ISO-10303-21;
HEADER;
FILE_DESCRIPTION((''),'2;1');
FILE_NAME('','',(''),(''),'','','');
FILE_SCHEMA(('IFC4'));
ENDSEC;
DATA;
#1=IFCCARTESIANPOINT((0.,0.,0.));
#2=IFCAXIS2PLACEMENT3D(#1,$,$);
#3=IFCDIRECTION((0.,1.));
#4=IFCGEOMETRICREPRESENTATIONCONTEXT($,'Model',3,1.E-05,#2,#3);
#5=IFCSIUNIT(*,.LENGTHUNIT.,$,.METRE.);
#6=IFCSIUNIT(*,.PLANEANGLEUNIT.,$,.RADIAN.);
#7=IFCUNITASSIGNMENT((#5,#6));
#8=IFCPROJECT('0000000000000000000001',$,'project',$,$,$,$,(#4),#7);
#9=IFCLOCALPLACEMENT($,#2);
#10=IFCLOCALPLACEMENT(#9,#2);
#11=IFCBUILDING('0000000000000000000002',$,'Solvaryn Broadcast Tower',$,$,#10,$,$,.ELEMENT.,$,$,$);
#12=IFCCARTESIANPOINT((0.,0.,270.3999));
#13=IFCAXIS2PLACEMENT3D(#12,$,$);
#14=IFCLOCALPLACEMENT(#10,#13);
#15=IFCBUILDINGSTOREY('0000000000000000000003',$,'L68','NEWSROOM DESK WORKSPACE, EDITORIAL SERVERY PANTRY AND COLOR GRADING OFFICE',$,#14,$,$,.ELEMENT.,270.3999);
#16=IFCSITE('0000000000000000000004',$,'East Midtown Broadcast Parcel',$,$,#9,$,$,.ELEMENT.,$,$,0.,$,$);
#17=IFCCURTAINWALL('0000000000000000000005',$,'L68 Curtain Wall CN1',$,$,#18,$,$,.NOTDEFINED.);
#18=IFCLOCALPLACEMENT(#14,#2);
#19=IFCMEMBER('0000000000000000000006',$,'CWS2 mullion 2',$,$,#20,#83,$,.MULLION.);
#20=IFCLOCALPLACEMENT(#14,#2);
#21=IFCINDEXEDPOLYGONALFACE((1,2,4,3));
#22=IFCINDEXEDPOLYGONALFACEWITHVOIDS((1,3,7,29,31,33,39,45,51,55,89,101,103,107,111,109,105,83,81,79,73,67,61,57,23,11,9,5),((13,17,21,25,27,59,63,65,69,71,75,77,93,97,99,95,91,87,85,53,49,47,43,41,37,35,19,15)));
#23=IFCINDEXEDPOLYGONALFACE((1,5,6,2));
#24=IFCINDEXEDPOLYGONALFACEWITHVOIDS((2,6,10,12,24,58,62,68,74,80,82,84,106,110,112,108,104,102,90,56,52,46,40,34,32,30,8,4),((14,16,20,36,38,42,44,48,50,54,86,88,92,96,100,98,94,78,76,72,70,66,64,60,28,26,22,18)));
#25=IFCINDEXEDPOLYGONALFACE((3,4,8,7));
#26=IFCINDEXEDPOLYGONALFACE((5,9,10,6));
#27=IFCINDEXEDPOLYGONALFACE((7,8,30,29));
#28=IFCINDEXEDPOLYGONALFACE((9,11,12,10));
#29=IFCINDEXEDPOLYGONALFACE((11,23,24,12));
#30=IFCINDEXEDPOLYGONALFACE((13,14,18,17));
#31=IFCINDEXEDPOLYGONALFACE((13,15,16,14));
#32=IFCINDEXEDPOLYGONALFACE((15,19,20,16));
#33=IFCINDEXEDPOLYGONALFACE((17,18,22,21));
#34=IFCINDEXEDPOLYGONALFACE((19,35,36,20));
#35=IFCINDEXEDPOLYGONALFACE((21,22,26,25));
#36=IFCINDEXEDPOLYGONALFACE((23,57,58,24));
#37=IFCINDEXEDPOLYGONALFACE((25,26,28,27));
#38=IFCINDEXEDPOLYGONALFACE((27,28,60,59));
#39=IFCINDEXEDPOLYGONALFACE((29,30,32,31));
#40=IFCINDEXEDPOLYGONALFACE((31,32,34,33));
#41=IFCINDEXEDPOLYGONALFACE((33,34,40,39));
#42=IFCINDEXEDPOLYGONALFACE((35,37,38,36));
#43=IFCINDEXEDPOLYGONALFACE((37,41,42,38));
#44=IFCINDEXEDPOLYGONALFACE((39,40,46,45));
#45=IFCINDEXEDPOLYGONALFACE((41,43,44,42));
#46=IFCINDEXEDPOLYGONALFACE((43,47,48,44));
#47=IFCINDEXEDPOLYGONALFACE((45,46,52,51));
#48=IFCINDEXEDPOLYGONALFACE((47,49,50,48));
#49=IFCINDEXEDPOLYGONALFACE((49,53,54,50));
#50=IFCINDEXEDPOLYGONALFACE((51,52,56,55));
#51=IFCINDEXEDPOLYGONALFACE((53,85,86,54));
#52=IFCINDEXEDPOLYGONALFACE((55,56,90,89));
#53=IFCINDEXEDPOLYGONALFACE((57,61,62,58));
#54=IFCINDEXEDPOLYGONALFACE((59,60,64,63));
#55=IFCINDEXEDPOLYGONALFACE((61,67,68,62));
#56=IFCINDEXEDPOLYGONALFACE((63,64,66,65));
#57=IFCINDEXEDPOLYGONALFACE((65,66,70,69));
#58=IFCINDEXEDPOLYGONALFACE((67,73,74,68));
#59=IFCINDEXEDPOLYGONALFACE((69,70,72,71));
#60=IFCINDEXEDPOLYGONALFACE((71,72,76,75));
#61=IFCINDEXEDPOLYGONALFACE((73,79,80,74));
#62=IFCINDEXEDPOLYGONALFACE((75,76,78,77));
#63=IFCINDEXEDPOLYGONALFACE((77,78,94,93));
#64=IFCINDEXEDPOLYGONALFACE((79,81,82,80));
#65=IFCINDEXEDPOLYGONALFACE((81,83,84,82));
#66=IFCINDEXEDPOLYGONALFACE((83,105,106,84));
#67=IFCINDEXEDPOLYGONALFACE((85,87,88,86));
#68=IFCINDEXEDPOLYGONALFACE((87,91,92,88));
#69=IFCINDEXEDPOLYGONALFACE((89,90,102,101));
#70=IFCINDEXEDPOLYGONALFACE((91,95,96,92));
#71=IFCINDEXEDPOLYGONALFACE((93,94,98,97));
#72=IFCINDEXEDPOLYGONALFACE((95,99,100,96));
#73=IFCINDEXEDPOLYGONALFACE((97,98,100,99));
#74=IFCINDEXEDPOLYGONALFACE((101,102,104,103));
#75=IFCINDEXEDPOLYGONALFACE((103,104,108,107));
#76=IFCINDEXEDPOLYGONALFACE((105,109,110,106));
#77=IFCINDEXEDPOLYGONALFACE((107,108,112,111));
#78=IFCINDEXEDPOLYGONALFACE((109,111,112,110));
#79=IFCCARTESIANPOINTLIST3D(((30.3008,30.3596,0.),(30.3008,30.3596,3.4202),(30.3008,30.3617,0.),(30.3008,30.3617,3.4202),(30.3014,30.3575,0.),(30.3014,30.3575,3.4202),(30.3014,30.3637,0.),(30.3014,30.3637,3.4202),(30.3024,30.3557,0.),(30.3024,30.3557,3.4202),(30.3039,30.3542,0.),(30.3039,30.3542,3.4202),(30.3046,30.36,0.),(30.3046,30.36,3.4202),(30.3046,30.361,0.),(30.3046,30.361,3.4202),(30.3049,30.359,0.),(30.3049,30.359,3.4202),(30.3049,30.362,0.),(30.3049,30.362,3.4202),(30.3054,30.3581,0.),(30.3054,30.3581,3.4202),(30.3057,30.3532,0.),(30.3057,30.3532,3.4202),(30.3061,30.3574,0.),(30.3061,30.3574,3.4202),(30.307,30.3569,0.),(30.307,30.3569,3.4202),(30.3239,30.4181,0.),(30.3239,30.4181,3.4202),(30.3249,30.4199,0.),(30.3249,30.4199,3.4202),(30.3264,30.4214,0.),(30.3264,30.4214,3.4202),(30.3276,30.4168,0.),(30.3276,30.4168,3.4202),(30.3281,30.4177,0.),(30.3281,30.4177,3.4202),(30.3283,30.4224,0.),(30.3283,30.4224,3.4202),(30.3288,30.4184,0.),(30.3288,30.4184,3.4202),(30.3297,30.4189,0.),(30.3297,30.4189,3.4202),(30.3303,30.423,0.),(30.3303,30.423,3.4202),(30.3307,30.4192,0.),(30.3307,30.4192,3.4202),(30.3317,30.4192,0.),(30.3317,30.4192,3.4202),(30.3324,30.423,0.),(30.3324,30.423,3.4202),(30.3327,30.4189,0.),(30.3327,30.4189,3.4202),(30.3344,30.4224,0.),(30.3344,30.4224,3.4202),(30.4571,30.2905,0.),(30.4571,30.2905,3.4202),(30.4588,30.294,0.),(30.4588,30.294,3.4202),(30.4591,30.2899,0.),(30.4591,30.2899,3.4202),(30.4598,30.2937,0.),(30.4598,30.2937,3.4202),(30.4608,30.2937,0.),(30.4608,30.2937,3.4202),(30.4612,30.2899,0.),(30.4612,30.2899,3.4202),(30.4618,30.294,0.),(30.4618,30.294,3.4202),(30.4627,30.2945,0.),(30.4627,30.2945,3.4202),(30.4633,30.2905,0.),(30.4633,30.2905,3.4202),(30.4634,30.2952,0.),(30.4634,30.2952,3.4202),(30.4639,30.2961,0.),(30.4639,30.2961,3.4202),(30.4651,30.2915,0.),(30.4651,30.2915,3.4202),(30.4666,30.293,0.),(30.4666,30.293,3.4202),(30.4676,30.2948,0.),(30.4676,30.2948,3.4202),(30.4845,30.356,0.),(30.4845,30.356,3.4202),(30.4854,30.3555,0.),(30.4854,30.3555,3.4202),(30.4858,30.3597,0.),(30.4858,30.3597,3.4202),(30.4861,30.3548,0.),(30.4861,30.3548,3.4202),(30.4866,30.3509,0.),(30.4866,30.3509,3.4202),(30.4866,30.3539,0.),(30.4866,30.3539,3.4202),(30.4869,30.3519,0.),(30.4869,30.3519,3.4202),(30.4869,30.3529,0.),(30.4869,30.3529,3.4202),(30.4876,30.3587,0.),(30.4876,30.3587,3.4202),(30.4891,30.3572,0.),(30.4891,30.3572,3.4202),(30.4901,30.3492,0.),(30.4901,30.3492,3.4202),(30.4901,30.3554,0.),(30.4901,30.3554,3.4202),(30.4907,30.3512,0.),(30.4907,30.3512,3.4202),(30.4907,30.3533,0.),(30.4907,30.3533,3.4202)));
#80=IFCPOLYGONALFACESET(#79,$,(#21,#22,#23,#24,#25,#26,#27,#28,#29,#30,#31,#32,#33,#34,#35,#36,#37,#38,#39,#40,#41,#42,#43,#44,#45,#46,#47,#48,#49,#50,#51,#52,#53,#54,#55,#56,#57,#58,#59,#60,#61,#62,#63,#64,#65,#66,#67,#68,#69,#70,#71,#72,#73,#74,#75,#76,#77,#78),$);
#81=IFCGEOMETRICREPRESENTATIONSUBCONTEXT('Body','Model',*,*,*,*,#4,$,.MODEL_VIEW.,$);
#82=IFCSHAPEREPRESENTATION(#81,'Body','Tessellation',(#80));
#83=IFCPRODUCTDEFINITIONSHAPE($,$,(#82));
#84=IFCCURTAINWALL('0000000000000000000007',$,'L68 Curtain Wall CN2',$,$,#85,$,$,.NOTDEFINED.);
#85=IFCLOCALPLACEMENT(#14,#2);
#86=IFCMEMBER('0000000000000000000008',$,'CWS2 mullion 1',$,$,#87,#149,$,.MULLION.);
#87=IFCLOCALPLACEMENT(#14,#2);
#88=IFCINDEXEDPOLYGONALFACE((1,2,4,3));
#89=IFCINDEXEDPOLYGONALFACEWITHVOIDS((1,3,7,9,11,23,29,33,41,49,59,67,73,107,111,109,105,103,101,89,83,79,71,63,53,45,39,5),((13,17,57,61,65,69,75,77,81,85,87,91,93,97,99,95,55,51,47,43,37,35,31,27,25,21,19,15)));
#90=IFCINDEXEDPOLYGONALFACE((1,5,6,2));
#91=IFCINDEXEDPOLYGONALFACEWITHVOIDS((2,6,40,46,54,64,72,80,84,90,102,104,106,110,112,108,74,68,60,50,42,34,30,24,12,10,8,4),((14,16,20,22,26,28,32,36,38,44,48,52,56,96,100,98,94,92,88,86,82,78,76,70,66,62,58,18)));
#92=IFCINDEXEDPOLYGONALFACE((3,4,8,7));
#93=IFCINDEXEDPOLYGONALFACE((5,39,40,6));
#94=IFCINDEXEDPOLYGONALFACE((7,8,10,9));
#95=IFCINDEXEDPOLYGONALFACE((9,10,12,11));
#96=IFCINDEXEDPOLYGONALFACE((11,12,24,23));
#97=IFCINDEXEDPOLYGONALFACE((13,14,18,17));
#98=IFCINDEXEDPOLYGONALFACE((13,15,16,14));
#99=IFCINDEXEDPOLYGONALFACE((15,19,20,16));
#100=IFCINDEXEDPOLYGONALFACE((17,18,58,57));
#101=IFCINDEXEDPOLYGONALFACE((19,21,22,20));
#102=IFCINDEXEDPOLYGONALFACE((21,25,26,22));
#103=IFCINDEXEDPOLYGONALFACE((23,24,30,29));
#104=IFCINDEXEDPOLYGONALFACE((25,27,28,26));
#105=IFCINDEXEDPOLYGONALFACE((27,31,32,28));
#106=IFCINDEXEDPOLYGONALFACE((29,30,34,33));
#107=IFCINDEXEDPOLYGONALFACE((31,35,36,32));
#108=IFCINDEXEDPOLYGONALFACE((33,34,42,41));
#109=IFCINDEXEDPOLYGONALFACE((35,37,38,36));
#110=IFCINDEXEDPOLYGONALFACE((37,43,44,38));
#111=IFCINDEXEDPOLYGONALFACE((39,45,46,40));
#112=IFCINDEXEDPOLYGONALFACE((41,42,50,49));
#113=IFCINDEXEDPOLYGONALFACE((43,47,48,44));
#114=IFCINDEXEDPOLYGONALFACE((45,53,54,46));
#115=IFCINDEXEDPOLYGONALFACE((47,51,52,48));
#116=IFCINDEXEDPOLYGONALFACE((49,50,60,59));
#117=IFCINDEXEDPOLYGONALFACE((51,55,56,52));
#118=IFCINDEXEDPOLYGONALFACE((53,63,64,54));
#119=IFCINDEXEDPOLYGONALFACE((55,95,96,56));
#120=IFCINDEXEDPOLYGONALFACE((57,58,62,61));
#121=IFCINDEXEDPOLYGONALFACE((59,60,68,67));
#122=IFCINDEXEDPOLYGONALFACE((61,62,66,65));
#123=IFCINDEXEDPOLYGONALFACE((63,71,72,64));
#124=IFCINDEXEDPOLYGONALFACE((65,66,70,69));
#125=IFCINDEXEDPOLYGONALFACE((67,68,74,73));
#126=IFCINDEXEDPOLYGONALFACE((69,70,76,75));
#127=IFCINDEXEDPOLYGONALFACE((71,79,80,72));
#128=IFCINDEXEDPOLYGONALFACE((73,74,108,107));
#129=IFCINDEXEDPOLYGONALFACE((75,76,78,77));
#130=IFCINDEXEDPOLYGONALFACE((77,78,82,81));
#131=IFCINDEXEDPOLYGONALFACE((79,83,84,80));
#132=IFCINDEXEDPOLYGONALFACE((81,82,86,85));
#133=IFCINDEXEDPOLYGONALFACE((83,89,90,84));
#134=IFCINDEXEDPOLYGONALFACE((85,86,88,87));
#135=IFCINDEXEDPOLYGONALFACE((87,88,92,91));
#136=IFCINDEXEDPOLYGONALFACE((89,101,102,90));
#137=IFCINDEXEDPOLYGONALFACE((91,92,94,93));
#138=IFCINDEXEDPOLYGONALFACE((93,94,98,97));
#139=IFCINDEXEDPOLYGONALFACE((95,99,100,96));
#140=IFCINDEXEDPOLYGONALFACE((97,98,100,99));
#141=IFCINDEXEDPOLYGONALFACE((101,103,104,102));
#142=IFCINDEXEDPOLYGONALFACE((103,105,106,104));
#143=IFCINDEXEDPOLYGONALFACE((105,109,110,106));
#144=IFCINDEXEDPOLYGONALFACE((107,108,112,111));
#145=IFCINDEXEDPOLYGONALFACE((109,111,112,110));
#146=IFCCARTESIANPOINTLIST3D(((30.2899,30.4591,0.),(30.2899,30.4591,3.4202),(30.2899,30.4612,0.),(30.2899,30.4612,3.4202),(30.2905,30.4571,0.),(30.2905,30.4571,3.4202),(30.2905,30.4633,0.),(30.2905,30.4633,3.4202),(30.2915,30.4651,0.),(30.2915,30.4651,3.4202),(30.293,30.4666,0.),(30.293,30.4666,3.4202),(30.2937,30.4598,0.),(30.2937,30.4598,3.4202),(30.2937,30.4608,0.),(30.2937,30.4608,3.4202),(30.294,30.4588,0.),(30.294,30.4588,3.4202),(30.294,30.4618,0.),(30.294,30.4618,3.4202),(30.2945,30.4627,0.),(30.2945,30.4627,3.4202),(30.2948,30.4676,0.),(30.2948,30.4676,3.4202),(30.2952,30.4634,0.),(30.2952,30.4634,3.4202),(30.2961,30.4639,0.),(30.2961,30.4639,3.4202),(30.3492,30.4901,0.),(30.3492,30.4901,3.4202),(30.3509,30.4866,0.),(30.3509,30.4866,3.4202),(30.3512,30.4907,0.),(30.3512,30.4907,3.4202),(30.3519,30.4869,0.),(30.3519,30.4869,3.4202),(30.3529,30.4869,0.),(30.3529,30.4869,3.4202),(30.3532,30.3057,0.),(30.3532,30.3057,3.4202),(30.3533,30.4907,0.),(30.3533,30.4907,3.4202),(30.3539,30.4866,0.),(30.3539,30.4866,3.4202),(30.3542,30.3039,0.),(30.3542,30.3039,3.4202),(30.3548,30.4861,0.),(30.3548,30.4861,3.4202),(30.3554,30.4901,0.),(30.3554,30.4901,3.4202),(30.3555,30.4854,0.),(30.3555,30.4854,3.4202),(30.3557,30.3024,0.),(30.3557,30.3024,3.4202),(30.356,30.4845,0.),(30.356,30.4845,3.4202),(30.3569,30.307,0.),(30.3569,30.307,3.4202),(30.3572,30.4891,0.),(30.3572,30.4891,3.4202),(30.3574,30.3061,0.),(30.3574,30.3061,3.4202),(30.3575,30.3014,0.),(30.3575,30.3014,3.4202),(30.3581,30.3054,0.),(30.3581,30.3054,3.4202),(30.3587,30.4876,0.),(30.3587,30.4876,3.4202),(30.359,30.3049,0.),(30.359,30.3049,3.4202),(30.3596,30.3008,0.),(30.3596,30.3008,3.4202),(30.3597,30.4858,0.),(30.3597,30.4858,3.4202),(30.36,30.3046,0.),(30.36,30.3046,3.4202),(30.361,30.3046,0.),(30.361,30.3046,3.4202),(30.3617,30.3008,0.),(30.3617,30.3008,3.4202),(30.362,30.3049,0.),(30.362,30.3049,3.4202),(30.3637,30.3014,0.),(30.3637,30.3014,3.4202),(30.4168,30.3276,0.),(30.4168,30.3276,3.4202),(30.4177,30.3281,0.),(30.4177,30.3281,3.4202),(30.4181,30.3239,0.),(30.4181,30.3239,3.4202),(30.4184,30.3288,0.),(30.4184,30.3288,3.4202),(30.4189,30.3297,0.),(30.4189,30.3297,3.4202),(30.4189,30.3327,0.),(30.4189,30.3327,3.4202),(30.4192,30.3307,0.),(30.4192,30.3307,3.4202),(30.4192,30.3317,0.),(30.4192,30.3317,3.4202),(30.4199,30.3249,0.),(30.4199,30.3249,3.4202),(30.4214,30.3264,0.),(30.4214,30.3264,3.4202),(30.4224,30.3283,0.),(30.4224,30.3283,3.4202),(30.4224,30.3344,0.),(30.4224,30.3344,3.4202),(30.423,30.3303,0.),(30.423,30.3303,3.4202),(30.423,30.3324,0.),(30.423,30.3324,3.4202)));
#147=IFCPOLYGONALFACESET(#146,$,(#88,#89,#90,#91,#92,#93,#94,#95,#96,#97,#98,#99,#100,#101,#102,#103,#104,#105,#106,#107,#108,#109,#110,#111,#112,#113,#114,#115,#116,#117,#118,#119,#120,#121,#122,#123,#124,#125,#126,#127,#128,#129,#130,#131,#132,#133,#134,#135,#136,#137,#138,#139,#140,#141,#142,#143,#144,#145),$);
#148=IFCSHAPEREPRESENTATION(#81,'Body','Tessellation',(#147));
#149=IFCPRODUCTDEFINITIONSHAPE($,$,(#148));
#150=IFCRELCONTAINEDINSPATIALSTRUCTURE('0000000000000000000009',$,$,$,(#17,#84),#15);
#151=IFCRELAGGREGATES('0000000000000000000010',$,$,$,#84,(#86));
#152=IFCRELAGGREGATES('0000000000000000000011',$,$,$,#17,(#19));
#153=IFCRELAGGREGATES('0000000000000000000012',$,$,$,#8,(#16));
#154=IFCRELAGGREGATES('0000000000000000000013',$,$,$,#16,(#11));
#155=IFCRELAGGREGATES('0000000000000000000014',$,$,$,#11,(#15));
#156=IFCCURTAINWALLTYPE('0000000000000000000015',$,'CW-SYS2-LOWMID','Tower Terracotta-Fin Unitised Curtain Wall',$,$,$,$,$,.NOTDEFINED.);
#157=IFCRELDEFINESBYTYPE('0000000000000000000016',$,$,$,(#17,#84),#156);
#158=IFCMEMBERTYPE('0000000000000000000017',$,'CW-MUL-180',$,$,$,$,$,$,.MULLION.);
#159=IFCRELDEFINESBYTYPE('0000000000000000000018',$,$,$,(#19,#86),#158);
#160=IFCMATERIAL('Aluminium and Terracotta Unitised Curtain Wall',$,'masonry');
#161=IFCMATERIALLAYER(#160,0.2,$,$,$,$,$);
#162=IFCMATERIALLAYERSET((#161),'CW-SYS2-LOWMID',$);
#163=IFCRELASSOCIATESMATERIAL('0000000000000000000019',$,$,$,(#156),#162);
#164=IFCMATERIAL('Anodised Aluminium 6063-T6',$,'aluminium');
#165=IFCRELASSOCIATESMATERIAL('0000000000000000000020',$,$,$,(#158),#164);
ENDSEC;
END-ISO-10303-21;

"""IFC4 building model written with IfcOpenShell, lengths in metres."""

from ifc_helpers import new_model, si_unit, direction, frame, origin, origin_2d, place, context, subcontext, project, spatial, hollow_rectangle, extrude, material, layer, layer_set, material_profile, profile_set, type_object, element, aggregate, save


model = new_model("IFC4")

# Units and contexts
model_context = context("Model", 3, precision=1e-05, world=origin(), true_north=direction((0.0, 1.0)))
body_context = subcontext(model_context, "Body", "Model", "MODEL_VIEW")
ifc_project = project(units=[si_unit("LENGTHUNIT", "METRE"), si_unit("PLANEANGLEUNIT", "RADIAN")], contexts=[model_context])

# Site, building, storey
site_placement = place(None, origin())
site = spatial("IfcSite", under=ifc_project, at=site_placement, Name="East Midtown Broadcast Parcel", CompositionType="ELEMENT", RefElevation=0.0)
building_placement = place(site_placement, origin())
building = spatial("IfcBuilding", under=site, at=building_placement, Name="Solvaryn Broadcast Tower", CompositionType="ELEMENT")
storey_placement = place(building_placement, frame((0.0, 0.0, 270.3999)))
storey = spatial("IfcBuildingStorey", under=building, at=storey_placement, Name="L68", Description="NEWSROOM DESK WORKSPACE, EDITORIAL SERVERY PANTRY AND COLOR GRADING OFFICE", CompositionType="ELEMENT", Elevation=270.3999)

# Curtain wall, member
ifc_material_1 = material(Name="Aluminium and Terracotta Unitised Curtain Wall", Category="masonry")
ifc_layer_1 = layer(ifc_material_1, 0.2)
ifc_layer_set_1 = layer_set([ifc_layer_1], Name="CW-SYS2-LOWMID")
curtain_wall_type = type_object("IfcCurtainWallType", Name="CW-SYS2-LOWMID", Description="Tower Terracotta-Fin Unitised Curtain Wall", PredefinedType="NOTDEFINED", material=ifc_layer_set_1)
curtain_wall_1_placement = place(storey_placement, origin())
curtain_wall_1 = element("IfcCurtainWall", 1, at=curtain_wall_1_placement, inside=storey, type_object=curtain_wall_type, Name="L68 Curtain Wall CN1", PredefinedType="NOTDEFINED")
ifc_material_2 = material(Name="Anodised Aluminium 6063-T6", Category="aluminium")
ifc_material_profile_1 = material_profile(ifc_material_2, hollow_rectangle(XDim=0.075, YDim=0.1799, WallThickness=0.0039, InnerFilletRadius=0.0039, OuterFilletRadius=0.0081, at=origin_2d()))
ifc_profile_set_1 = profile_set([ifc_material_profile_1], Name="Anodised Aluminium 6063-T6")
member_type_1 = type_object("IfcMemberType", Name="CW-MUL-180", PredefinedType="MULLION", material=ifc_profile_set_1)
member_1_placement = place(storey_placement, frame((30.3958, 30.3564, 0.0), z_axis=(0.0, 0.0, 1.0), x_axis=(-0.382646, -0.923895, 0.0)))
member_1 = element("IfcMember", 2, at=member_1_placement, type_object=member_type_1, Name="CWS2 mullion 2", PredefinedType="MULLION", context=body_context, shape_type="SweptSolid", body=[
    extrude(hollow_rectangle(XDim=0.075, YDim=0.1799, WallThickness=0.0039, InnerFilletRadius=0.0039, OuterFilletRadius=0.0081, at=origin_2d()), origin(), (0.0, 0.0, 1.0), 3.4202),
])

# Curtain wall, member
curtain_wall_2_placement = place(storey_placement, origin())
curtain_wall_2 = element("IfcCurtainWall", 3, at=curtain_wall_2_placement, inside=storey, type_object=curtain_wall_type, Name="L68 Curtain Wall CN2", PredefinedType="NOTDEFINED")
member_2_placement = place(storey_placement, frame((30.3564, 30.3958, 0.0), z_axis=(0.0, 0.0, 1.0), x_axis=(-0.923895, -0.382646, 0.0)))
member_2 = element("IfcMember", 4, at=member_2_placement, type_object=member_type_1, Name="CWS2 mullion 1", PredefinedType="MULLION", context=body_context, shape_type="SweptSolid", body=[
    extrude(hollow_rectangle(XDim=0.075, YDim=0.1799, WallThickness=0.0039, InnerFilletRadius=0.0039, OuterFilletRadius=0.0081, at=origin_2d()), origin(), (0.0, 0.0, 1.0), 3.4202),
])

aggregate(curtain_wall_2, [member_2])

aggregate(curtain_wall_1, [member_1])

save(model, "model.ifc")
